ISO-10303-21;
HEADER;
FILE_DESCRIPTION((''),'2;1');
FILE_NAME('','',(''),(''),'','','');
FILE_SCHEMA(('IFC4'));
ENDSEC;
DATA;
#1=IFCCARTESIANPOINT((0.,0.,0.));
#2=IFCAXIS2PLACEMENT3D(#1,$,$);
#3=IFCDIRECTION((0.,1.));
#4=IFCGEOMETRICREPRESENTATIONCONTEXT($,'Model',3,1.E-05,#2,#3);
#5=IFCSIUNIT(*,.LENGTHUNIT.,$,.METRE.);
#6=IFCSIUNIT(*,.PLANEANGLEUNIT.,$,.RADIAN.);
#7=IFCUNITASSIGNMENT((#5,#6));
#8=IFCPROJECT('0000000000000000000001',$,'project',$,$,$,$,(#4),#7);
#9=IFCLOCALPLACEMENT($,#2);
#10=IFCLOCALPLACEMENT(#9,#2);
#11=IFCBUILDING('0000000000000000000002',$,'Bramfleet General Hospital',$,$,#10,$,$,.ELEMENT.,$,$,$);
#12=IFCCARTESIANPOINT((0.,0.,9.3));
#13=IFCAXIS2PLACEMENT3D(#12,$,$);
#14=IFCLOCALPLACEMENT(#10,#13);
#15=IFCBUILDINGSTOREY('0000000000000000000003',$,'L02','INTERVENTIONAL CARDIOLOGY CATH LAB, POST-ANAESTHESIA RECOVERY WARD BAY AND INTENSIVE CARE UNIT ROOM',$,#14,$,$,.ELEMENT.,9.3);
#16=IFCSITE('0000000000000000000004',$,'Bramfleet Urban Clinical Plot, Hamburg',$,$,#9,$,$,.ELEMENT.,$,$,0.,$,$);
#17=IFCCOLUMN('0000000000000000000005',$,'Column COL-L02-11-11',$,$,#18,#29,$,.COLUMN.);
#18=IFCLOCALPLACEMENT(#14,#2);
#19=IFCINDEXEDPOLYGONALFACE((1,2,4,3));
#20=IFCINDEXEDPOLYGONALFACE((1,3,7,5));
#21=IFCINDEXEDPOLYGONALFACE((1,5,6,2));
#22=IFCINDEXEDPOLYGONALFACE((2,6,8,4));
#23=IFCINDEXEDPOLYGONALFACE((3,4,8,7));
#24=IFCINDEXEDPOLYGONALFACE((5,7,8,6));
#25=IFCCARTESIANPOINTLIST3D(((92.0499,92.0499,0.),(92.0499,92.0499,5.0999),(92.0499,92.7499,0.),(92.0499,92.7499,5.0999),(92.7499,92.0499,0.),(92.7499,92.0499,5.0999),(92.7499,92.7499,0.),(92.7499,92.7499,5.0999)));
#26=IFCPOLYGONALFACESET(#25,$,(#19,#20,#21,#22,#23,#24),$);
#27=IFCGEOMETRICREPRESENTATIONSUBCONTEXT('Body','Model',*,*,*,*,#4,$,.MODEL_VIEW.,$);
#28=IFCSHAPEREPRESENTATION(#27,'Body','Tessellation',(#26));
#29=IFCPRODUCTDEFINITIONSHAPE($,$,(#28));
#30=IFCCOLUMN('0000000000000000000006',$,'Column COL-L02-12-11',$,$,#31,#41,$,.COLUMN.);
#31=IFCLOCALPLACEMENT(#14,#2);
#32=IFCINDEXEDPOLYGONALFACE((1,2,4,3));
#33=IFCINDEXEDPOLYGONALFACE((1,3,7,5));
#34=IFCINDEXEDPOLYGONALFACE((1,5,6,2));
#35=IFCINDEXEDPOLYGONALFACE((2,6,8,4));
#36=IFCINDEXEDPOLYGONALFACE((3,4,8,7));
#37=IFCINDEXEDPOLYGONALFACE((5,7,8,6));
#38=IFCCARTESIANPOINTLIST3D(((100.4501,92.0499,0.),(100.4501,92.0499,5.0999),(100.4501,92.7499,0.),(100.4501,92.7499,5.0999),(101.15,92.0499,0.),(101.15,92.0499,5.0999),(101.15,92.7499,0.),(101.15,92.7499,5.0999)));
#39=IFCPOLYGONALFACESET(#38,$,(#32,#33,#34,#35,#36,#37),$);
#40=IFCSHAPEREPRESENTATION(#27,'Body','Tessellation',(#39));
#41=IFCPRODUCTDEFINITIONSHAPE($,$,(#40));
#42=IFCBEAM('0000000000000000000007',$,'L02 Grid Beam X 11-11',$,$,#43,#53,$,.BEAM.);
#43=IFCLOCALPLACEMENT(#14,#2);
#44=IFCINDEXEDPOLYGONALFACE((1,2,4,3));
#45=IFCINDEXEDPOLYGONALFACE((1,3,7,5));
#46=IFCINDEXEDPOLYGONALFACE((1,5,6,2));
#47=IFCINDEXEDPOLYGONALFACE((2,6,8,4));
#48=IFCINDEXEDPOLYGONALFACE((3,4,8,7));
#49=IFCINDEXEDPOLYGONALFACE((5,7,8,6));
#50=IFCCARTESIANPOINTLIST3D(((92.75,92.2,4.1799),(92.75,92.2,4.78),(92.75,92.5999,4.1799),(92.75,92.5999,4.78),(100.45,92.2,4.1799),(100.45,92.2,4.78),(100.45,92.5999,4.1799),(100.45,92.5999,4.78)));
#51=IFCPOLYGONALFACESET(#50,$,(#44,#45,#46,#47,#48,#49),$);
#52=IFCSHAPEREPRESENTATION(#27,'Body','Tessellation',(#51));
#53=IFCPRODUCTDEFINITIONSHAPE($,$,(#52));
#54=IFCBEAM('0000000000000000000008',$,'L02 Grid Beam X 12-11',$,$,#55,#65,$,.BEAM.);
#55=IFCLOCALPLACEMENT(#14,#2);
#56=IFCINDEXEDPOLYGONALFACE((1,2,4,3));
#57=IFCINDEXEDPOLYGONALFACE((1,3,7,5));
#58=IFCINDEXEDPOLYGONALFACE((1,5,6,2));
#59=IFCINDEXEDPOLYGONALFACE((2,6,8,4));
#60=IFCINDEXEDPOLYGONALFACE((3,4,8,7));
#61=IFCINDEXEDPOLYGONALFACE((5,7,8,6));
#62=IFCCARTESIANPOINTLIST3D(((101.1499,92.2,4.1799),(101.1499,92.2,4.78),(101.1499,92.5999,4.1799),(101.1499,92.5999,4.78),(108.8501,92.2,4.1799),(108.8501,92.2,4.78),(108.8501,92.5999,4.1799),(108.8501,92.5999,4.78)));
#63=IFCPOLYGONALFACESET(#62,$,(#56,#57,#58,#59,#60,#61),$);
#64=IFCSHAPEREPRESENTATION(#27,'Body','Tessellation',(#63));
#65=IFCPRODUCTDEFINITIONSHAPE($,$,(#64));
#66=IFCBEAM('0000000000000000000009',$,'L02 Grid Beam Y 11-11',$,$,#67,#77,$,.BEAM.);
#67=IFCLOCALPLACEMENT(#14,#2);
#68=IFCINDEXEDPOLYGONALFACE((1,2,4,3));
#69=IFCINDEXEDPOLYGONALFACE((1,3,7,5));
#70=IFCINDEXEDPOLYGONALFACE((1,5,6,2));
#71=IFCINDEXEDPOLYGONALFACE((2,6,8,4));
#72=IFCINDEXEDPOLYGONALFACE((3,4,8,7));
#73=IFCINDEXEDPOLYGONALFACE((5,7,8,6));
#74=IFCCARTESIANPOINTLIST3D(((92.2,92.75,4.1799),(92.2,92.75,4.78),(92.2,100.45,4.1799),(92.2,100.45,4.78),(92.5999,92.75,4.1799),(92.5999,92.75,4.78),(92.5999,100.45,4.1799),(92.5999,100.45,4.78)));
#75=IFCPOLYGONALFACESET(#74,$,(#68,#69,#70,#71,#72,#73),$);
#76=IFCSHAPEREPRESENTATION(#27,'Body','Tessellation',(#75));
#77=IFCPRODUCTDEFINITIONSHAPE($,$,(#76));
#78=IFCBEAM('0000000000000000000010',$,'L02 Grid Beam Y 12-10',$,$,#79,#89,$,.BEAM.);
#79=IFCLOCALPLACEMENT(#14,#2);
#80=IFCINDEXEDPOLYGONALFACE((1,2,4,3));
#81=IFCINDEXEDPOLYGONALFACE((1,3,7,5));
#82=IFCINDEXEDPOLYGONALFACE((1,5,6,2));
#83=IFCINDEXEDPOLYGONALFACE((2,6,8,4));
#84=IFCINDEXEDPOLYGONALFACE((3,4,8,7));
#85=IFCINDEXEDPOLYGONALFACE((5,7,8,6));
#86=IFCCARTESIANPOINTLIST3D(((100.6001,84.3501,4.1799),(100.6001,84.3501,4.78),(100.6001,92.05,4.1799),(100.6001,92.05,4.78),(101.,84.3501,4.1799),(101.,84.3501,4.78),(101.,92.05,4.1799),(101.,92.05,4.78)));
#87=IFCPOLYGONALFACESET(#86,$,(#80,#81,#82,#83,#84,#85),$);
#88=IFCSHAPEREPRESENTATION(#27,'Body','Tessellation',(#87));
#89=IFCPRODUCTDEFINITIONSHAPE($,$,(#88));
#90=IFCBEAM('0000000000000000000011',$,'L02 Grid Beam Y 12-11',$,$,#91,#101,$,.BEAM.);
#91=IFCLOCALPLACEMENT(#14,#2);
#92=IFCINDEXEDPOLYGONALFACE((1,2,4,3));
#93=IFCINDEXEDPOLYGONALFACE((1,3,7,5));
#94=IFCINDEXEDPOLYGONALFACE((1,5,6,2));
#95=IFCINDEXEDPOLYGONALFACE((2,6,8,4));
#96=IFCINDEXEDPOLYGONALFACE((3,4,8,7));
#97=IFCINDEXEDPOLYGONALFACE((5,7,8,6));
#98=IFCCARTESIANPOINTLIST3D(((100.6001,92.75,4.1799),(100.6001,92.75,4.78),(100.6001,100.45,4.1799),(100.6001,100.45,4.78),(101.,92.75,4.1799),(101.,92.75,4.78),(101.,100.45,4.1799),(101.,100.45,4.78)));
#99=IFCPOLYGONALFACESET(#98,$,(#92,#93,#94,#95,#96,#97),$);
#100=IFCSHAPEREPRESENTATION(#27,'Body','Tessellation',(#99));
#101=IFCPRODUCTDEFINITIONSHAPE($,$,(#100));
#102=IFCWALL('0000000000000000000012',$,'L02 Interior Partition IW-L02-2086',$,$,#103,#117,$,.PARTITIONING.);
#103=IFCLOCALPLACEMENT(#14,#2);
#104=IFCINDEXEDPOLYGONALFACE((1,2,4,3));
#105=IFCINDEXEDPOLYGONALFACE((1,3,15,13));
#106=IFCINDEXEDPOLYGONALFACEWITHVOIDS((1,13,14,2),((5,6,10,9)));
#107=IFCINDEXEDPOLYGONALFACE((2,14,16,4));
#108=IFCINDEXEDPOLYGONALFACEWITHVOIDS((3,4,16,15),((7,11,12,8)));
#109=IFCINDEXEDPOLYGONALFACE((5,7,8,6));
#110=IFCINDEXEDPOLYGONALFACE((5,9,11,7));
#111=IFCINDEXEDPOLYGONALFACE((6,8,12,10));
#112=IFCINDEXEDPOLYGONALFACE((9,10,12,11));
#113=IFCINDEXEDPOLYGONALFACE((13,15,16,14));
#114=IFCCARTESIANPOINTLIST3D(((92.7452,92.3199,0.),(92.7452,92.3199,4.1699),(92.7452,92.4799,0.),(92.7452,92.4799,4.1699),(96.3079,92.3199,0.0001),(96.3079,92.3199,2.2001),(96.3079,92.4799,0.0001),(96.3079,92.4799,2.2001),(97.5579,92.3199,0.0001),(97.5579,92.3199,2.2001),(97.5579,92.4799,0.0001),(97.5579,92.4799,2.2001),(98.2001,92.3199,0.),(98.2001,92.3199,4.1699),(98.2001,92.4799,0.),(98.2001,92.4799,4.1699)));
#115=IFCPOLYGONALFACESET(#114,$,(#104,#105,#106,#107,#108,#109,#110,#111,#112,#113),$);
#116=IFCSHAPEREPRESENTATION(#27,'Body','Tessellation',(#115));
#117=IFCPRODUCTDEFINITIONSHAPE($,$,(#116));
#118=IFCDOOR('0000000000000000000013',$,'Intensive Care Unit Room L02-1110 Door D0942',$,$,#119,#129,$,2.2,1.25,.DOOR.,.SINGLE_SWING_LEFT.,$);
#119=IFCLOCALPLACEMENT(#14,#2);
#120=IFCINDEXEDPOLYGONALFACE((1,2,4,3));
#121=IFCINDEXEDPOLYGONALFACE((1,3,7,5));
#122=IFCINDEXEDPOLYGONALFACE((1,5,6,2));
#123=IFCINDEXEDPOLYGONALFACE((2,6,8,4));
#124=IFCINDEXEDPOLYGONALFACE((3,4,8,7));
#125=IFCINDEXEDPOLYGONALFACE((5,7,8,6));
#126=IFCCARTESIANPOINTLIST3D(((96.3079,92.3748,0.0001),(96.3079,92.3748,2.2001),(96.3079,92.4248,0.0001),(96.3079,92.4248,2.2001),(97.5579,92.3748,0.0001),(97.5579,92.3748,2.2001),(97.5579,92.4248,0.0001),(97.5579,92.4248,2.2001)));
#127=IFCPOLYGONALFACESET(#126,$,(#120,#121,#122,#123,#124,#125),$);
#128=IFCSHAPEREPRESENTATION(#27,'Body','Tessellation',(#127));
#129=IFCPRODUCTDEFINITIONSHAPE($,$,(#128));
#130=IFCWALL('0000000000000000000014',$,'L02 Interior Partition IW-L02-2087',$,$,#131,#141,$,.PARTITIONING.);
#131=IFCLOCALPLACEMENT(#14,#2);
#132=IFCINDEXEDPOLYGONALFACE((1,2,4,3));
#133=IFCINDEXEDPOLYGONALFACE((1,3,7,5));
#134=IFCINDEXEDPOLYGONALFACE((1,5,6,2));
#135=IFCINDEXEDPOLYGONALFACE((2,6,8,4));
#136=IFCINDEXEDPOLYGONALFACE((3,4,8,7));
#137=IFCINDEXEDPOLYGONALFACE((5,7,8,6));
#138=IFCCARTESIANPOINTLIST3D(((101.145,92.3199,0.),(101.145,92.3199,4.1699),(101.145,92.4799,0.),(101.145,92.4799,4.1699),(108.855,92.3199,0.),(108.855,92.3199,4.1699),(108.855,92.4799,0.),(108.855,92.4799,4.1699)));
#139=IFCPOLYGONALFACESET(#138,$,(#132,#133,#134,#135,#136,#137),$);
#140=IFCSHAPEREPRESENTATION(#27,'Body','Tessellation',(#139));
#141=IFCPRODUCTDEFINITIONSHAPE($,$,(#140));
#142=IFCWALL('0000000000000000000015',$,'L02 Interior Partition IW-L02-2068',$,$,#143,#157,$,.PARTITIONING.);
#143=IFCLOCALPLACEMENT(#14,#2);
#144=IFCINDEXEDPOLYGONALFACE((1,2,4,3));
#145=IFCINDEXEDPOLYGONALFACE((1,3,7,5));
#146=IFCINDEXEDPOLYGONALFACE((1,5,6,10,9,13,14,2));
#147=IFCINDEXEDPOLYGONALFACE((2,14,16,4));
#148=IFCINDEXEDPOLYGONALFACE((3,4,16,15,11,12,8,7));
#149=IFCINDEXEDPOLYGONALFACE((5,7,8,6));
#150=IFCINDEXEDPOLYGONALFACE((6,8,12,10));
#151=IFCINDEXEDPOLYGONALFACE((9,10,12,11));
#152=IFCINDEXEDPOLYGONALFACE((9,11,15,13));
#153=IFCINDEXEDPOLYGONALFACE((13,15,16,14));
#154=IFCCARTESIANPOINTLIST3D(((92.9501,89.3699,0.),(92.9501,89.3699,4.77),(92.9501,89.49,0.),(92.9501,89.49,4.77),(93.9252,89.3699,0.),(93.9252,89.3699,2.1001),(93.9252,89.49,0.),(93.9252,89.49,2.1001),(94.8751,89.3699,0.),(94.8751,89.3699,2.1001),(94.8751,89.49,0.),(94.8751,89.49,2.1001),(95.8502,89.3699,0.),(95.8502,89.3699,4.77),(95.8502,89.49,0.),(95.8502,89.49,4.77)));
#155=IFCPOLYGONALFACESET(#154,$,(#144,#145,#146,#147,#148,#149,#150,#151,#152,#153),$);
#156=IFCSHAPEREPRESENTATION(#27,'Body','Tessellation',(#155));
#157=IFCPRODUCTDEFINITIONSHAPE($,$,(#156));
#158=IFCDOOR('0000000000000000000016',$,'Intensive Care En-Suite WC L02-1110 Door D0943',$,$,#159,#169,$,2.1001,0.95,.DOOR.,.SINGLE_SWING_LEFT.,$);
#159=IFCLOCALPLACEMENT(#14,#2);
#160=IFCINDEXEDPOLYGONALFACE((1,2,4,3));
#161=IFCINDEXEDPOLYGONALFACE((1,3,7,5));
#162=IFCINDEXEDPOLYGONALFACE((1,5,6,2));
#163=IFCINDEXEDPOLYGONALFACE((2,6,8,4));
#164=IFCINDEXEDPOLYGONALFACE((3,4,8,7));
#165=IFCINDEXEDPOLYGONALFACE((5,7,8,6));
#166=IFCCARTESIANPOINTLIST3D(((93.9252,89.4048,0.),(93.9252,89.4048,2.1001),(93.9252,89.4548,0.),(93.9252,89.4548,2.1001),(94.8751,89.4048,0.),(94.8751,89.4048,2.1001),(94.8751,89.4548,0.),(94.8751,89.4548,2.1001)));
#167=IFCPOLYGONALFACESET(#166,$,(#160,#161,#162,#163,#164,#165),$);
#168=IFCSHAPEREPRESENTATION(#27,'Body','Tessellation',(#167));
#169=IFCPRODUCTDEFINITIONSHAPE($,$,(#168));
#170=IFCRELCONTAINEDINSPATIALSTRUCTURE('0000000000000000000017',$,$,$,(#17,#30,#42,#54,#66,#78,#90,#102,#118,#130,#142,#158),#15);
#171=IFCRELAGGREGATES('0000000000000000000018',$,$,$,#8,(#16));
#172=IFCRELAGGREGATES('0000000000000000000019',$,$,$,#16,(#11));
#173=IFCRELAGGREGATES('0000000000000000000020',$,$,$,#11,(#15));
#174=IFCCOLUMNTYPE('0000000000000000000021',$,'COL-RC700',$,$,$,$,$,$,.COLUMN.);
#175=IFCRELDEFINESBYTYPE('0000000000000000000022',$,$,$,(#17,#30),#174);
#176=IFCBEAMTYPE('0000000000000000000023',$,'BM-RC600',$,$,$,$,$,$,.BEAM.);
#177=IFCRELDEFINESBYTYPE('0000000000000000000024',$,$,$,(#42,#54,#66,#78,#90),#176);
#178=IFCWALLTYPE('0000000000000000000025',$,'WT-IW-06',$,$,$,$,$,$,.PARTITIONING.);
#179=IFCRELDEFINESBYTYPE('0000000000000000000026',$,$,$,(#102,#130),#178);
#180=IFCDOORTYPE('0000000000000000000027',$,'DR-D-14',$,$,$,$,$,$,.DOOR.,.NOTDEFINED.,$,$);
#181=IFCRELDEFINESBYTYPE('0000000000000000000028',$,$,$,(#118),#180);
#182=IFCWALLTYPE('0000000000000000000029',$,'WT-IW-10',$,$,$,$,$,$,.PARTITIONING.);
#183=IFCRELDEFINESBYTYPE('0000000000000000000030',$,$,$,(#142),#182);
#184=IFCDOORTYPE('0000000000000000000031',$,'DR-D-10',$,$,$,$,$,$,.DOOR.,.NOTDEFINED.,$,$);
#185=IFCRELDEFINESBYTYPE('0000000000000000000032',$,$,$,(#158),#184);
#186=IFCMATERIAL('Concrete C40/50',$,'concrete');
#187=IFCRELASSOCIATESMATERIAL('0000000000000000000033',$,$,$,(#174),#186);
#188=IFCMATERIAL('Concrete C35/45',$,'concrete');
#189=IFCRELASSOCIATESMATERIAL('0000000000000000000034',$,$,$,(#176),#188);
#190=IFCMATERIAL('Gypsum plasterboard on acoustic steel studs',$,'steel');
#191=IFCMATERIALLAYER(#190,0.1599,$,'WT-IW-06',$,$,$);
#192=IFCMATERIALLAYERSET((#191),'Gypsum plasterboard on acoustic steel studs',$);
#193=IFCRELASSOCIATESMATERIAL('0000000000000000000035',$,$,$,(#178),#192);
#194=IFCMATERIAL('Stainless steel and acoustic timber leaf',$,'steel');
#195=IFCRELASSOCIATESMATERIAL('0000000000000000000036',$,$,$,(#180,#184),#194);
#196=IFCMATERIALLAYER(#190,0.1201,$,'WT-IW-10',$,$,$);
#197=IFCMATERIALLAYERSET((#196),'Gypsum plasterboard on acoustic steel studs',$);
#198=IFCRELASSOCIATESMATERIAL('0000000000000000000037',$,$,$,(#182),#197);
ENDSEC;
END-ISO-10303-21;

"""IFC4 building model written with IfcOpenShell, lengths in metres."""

from ifc_helpers import new_model, si_unit, direction, frame, frame_2d, origin, origin_2d, place, context, subcontext, project, spatial, rectangle, extrude, material, layer, layer_set, material_profile, profile_set, type_object, element, fill, save


model = new_model("IFC4")

# Units and contexts
model_context = context("Model", 3, precision=1e-05, world=origin(), true_north=direction((0.0, 1.0)))
body_context = subcontext(model_context, "Body", "Model", "MODEL_VIEW")
ifc_project = project(units=[si_unit("LENGTHUNIT", "METRE"), si_unit("PLANEANGLEUNIT", "RADIAN")], contexts=[model_context])

# Site, building, storey
site_placement = place(None, origin())
site = spatial("IfcSite", under=ifc_project, at=site_placement, Name="Bramfleet Urban Clinical Plot, Hamburg", CompositionType="ELEMENT", RefElevation=0.0)
building_placement = place(site_placement, origin())
building = spatial("IfcBuilding", under=site, at=building_placement, Name="Bramfleet General Hospital", CompositionType="ELEMENT")
storey_placement = place(building_placement, frame((0.0, 0.0, 9.3)))
storey = spatial("IfcBuildingStorey", under=building, at=storey_placement, Name="L02", Description="INTERVENTIONAL CARDIOLOGY CATH LAB, POST-ANAESTHESIA RECOVERY WARD BAY AND INTENSIVE CARE UNIT ROOM", CompositionType="ELEMENT", Elevation=9.3)

# Columns
ifc_material_1 = material(Name="Concrete C40/50", Category="concrete")
ifc_material_profile_1 = material_profile(ifc_material_1, rectangle(XDim=0.7, YDim=0.7, at=origin_2d()), Name="RC COL 700x700")
ifc_profile_set_1 = profile_set([ifc_material_profile_1], Name="Concrete C40/50")
column_type = type_object("IfcColumnType", Name="COL-RC700", PredefinedType="COLUMN", material=ifc_profile_set_1)
for number, where, z_axis, x_axis, name in (
    (1, (92.3999, 92.3999, 0.0), (0.0, 0.0, 1.0), (1.0, 0.0, 0.0), "Column COL-L02-11-11"),
    (2, (100.8, 92.3999, 0.0), (0.0, 0.0, 1.0), (1.0, 0.0, 0.0), "Column COL-L02-12-11"),
):
    element("IfcColumn", number, at=place(storey_placement, frame(where, z_axis=z_axis, x_axis=x_axis)), inside=storey, type_object=column_type, Name=name, PredefinedType="COLUMN", context=body_context, shape_type="SweptSolid", body=[
        extrude(rectangle(XDim=0.7, YDim=0.7, at=origin_2d()), origin(), (0.0, 0.0, 1.0), 5.0999),
    ])

# Beams
ifc_material_2 = material(Name="Concrete C35/45", Category="concrete")
ifc_material_profile_2 = material_profile(ifc_material_2, rectangle(XDim=0.3999, YDim=0.6001, at=origin_2d()), Name="RC BM 600x400")
ifc_profile_set_2 = profile_set([ifc_material_profile_2], Name="Concrete C35/45")
beam_type = type_object("IfcBeamType", Name="BM-RC600", PredefinedType="BEAM", material=ifc_profile_set_2)
beam_1_placement = place(storey_placement, frame((92.75, 92.3999, 4.48), z_axis=(1.0, 0.0, 0.0), x_axis=(0.0, 1.0, 0.0)))
element("IfcBeam", 3, at=beam_1_placement, inside=storey, type_object=beam_type, Name="L02 Grid Beam X 11-11", PredefinedType="BEAM", context=body_context, shape_type="SweptSolid", body=[
    extrude(rectangle(XDim=0.3999, YDim=0.6001, at=origin_2d()), origin(), (0.0, 0.0, 1.0), 7.7),
])
beam_2_placement = place(storey_placement, frame((101.1499, 92.3999, 4.48), z_axis=(1.0, 0.0, 0.0), x_axis=(0.0, 1.0, 0.0)))
element("IfcBeam", 4, at=beam_2_placement, inside=storey, type_object=beam_type, Name="L02 Grid Beam X 12-11", PredefinedType="BEAM", context=body_context, shape_type="SweptSolid", body=[
    extrude(rectangle(XDim=0.3999, YDim=0.6001, at=origin_2d()), origin(), (0.0, 0.0, 1.0), 7.7002),
])
for number, where, z_axis, x_axis, name in (
    (5, (92.3999, 92.75, 4.48), (0.0, 1.0, 0.0), (-1.0, 0.0, 0.0), "L02 Grid Beam Y 11-11"),
    (6, (100.8, 84.3501, 4.48), (0.0, 1.0, 0.0), (-1.0, 0.0, 0.0), "L02 Grid Beam Y 12-10"),
    (7, (100.8, 92.75, 4.48), (0.0, 1.0, 0.0), (-1.0, 0.0, 0.0), "L02 Grid Beam Y 12-11"),
):
    element("IfcBeam", number, at=place(storey_placement, frame(where, z_axis=z_axis, x_axis=x_axis)), inside=storey, type_object=beam_type, Name=name, PredefinedType="BEAM", context=body_context, shape_type="SweptSolid", body=[
        extrude(rectangle(XDim=0.3999, YDim=0.6001, at=origin_2d()), origin(), (0.0, 0.0, 1.0), 7.7),
    ])

# Wall, opening, door
ifc_material_3 = material(Name="Gypsum plasterboard on acoustic steel studs", Category="steel")
ifc_layer_1 = layer(ifc_material_3, 0.1599, Name="WT-IW-06")
ifc_layer_set_1 = layer_set([ifc_layer_1], Name="Gypsum plasterboard on acoustic steel studs")
wall_type_1 = type_object("IfcWallType", Name="WT-IW-06", PredefinedType="PARTITIONING", material=ifc_layer_set_1)
wall_1_placement = place(storey_placement, frame((92.7451, 92.3999, 0.0), z_axis=(0.0, 0.0, 1.0), x_axis=(1.0, 0.0, 0.0)))
wall_1 = element("IfcWall", 8, at=wall_1_placement, inside=storey, type_object=wall_type_1, Name="L02 Interior Partition IW-L02-2086", PredefinedType="PARTITIONING", context=body_context, shape_type="SweptSolid", body=[
    extrude(rectangle(XDim=5.4548, YDim=0.1599, at=frame_2d((2.7275, 0.0))), origin(), (0.0, 0.0, 1.0), 4.1699),
])
opening_1_placement = place(wall_1_placement, frame((3.5627, 0.0, 0.0)))
opening_1 = element("IfcOpeningElement", 9, at=opening_1_placement, cuts=wall_1, PredefinedType="OPENING", context=body_context, shape_type="SweptSolid", body=[
    extrude(rectangle(XDim=1.25, YDim=2.2, at=frame_2d((0.625, 1.1001))), frame((0.0, 0.0898, 0.0), z_axis=(0.0, -1.0, 0.0), x_axis=(1.0, 0.0, 0.0)), (0.0, 0.0, 1.0), 0.1799),
])
ifc_material_4 = material(Name="Stainless steel and acoustic timber leaf", Category="steel")
door_type_1 = type_object("IfcDoorType", Name="DR-D-14", OperationType="NOTDEFINED", PredefinedType="DOOR", material=ifc_material_4)
door_1_placement = place(opening_1_placement, origin())
door_1 = element("IfcDoor", 10, at=door_1_placement, inside=storey, type_object=door_type_1, Name="Intensive Care Unit Room L02-1110 Door D0942", OperationType="SINGLE_SWING_LEFT", OverallHeight=2.2, OverallWidth=1.25, PredefinedType="DOOR", context=body_context, shape_type="SweptSolid", body=[
    extrude(rectangle(XDim=1.25, YDim=2.2, at=frame_2d((0.625, 1.1001))), frame((0.0, 0.0249, 0.0), z_axis=(0.0, -1.0, 0.0), x_axis=(1.0, 0.0, 0.0)), (0.0, 0.0, 1.0), 0.05),
])
fill(opening_1, door_1)

# Wall
wall_2_placement = place(storey_placement, frame((101.145, 92.3999, 0.0), z_axis=(0.0, 0.0, 1.0), x_axis=(1.0, 0.0, 0.0)))
element("IfcWall", 11, at=wall_2_placement, inside=storey, type_object=wall_type_1, Name="L02 Interior Partition IW-L02-2087", PredefinedType="PARTITIONING", context=body_context, shape_type="SweptSolid", body=[
    extrude(rectangle(XDim=7.71, YDim=0.1599, at=frame_2d((3.855, 0.0))), origin(), (0.0, 0.0, 1.0), 4.1699),
])

# Wall, opening, door
ifc_layer_2 = layer(ifc_material_3, 0.1201, Name="WT-IW-10")
ifc_layer_set_2 = layer_set([ifc_layer_2], Name="Gypsum plasterboard on acoustic steel studs")
wall_type_2 = type_object("IfcWallType", Name="WT-IW-10", PredefinedType="PARTITIONING", material=ifc_layer_set_2)
wall_3_placement = place(storey_placement, frame((92.95, 89.4299, 0.0), z_axis=(0.0, 0.0, 1.0), x_axis=(1.0, 0.0, 0.0)))
wall_3 = element("IfcWall", 12, at=wall_3_placement, inside=storey, type_object=wall_type_2, Name="L02 Interior Partition IW-L02-2068", PredefinedType="PARTITIONING", context=body_context, shape_type="SweptSolid", body=[
    extrude(rectangle(XDim=2.9001, YDim=0.1201, at=frame_2d((1.4502, 0.0))), origin(), (0.0, 0.0, 1.0), 4.77),
])
opening_2_placement = place(wall_3_placement, frame((0.9751, 0.0, 0.0)))
opening_2 = element("IfcOpeningElement", 13, at=opening_2_placement, cuts=wall_3, PredefinedType="OPENING", context=body_context, shape_type="SweptSolid", body=[
    extrude(rectangle(XDim=0.95, YDim=2.1001, at=frame_2d((0.4751, 1.05))), frame((0.0, 0.0701, 0.0), z_axis=(0.0, -1.0, 0.0), x_axis=(1.0, 0.0, 0.0)), (0.0, 0.0, 1.0), 0.1401),
])
door_type_2 = type_object("IfcDoorType", Name="DR-D-10", OperationType="NOTDEFINED", PredefinedType="DOOR", material=ifc_material_4)
door_2_placement = place(opening_2_placement, origin())
door_2 = element("IfcDoor", 14, at=door_2_placement, inside=storey, type_object=door_type_2, Name="Intensive Care En-Suite WC L02-1110 Door D0943", OperationType="SINGLE_SWING_LEFT", OverallHeight=2.1001, OverallWidth=0.95, PredefinedType="DOOR", context=body_context, shape_type="SweptSolid", body=[
    extrude(rectangle(XDim=0.95, YDim=2.1001, at=frame_2d((0.4751, 1.05))), frame((0.0, 0.0249, 0.0), z_axis=(0.0, -1.0, 0.0), x_axis=(1.0, 0.0, 0.0)), (0.0, 0.0, 1.0), 0.05),
])
fill(opening_2, door_2)

save(model, "model.ifc")
